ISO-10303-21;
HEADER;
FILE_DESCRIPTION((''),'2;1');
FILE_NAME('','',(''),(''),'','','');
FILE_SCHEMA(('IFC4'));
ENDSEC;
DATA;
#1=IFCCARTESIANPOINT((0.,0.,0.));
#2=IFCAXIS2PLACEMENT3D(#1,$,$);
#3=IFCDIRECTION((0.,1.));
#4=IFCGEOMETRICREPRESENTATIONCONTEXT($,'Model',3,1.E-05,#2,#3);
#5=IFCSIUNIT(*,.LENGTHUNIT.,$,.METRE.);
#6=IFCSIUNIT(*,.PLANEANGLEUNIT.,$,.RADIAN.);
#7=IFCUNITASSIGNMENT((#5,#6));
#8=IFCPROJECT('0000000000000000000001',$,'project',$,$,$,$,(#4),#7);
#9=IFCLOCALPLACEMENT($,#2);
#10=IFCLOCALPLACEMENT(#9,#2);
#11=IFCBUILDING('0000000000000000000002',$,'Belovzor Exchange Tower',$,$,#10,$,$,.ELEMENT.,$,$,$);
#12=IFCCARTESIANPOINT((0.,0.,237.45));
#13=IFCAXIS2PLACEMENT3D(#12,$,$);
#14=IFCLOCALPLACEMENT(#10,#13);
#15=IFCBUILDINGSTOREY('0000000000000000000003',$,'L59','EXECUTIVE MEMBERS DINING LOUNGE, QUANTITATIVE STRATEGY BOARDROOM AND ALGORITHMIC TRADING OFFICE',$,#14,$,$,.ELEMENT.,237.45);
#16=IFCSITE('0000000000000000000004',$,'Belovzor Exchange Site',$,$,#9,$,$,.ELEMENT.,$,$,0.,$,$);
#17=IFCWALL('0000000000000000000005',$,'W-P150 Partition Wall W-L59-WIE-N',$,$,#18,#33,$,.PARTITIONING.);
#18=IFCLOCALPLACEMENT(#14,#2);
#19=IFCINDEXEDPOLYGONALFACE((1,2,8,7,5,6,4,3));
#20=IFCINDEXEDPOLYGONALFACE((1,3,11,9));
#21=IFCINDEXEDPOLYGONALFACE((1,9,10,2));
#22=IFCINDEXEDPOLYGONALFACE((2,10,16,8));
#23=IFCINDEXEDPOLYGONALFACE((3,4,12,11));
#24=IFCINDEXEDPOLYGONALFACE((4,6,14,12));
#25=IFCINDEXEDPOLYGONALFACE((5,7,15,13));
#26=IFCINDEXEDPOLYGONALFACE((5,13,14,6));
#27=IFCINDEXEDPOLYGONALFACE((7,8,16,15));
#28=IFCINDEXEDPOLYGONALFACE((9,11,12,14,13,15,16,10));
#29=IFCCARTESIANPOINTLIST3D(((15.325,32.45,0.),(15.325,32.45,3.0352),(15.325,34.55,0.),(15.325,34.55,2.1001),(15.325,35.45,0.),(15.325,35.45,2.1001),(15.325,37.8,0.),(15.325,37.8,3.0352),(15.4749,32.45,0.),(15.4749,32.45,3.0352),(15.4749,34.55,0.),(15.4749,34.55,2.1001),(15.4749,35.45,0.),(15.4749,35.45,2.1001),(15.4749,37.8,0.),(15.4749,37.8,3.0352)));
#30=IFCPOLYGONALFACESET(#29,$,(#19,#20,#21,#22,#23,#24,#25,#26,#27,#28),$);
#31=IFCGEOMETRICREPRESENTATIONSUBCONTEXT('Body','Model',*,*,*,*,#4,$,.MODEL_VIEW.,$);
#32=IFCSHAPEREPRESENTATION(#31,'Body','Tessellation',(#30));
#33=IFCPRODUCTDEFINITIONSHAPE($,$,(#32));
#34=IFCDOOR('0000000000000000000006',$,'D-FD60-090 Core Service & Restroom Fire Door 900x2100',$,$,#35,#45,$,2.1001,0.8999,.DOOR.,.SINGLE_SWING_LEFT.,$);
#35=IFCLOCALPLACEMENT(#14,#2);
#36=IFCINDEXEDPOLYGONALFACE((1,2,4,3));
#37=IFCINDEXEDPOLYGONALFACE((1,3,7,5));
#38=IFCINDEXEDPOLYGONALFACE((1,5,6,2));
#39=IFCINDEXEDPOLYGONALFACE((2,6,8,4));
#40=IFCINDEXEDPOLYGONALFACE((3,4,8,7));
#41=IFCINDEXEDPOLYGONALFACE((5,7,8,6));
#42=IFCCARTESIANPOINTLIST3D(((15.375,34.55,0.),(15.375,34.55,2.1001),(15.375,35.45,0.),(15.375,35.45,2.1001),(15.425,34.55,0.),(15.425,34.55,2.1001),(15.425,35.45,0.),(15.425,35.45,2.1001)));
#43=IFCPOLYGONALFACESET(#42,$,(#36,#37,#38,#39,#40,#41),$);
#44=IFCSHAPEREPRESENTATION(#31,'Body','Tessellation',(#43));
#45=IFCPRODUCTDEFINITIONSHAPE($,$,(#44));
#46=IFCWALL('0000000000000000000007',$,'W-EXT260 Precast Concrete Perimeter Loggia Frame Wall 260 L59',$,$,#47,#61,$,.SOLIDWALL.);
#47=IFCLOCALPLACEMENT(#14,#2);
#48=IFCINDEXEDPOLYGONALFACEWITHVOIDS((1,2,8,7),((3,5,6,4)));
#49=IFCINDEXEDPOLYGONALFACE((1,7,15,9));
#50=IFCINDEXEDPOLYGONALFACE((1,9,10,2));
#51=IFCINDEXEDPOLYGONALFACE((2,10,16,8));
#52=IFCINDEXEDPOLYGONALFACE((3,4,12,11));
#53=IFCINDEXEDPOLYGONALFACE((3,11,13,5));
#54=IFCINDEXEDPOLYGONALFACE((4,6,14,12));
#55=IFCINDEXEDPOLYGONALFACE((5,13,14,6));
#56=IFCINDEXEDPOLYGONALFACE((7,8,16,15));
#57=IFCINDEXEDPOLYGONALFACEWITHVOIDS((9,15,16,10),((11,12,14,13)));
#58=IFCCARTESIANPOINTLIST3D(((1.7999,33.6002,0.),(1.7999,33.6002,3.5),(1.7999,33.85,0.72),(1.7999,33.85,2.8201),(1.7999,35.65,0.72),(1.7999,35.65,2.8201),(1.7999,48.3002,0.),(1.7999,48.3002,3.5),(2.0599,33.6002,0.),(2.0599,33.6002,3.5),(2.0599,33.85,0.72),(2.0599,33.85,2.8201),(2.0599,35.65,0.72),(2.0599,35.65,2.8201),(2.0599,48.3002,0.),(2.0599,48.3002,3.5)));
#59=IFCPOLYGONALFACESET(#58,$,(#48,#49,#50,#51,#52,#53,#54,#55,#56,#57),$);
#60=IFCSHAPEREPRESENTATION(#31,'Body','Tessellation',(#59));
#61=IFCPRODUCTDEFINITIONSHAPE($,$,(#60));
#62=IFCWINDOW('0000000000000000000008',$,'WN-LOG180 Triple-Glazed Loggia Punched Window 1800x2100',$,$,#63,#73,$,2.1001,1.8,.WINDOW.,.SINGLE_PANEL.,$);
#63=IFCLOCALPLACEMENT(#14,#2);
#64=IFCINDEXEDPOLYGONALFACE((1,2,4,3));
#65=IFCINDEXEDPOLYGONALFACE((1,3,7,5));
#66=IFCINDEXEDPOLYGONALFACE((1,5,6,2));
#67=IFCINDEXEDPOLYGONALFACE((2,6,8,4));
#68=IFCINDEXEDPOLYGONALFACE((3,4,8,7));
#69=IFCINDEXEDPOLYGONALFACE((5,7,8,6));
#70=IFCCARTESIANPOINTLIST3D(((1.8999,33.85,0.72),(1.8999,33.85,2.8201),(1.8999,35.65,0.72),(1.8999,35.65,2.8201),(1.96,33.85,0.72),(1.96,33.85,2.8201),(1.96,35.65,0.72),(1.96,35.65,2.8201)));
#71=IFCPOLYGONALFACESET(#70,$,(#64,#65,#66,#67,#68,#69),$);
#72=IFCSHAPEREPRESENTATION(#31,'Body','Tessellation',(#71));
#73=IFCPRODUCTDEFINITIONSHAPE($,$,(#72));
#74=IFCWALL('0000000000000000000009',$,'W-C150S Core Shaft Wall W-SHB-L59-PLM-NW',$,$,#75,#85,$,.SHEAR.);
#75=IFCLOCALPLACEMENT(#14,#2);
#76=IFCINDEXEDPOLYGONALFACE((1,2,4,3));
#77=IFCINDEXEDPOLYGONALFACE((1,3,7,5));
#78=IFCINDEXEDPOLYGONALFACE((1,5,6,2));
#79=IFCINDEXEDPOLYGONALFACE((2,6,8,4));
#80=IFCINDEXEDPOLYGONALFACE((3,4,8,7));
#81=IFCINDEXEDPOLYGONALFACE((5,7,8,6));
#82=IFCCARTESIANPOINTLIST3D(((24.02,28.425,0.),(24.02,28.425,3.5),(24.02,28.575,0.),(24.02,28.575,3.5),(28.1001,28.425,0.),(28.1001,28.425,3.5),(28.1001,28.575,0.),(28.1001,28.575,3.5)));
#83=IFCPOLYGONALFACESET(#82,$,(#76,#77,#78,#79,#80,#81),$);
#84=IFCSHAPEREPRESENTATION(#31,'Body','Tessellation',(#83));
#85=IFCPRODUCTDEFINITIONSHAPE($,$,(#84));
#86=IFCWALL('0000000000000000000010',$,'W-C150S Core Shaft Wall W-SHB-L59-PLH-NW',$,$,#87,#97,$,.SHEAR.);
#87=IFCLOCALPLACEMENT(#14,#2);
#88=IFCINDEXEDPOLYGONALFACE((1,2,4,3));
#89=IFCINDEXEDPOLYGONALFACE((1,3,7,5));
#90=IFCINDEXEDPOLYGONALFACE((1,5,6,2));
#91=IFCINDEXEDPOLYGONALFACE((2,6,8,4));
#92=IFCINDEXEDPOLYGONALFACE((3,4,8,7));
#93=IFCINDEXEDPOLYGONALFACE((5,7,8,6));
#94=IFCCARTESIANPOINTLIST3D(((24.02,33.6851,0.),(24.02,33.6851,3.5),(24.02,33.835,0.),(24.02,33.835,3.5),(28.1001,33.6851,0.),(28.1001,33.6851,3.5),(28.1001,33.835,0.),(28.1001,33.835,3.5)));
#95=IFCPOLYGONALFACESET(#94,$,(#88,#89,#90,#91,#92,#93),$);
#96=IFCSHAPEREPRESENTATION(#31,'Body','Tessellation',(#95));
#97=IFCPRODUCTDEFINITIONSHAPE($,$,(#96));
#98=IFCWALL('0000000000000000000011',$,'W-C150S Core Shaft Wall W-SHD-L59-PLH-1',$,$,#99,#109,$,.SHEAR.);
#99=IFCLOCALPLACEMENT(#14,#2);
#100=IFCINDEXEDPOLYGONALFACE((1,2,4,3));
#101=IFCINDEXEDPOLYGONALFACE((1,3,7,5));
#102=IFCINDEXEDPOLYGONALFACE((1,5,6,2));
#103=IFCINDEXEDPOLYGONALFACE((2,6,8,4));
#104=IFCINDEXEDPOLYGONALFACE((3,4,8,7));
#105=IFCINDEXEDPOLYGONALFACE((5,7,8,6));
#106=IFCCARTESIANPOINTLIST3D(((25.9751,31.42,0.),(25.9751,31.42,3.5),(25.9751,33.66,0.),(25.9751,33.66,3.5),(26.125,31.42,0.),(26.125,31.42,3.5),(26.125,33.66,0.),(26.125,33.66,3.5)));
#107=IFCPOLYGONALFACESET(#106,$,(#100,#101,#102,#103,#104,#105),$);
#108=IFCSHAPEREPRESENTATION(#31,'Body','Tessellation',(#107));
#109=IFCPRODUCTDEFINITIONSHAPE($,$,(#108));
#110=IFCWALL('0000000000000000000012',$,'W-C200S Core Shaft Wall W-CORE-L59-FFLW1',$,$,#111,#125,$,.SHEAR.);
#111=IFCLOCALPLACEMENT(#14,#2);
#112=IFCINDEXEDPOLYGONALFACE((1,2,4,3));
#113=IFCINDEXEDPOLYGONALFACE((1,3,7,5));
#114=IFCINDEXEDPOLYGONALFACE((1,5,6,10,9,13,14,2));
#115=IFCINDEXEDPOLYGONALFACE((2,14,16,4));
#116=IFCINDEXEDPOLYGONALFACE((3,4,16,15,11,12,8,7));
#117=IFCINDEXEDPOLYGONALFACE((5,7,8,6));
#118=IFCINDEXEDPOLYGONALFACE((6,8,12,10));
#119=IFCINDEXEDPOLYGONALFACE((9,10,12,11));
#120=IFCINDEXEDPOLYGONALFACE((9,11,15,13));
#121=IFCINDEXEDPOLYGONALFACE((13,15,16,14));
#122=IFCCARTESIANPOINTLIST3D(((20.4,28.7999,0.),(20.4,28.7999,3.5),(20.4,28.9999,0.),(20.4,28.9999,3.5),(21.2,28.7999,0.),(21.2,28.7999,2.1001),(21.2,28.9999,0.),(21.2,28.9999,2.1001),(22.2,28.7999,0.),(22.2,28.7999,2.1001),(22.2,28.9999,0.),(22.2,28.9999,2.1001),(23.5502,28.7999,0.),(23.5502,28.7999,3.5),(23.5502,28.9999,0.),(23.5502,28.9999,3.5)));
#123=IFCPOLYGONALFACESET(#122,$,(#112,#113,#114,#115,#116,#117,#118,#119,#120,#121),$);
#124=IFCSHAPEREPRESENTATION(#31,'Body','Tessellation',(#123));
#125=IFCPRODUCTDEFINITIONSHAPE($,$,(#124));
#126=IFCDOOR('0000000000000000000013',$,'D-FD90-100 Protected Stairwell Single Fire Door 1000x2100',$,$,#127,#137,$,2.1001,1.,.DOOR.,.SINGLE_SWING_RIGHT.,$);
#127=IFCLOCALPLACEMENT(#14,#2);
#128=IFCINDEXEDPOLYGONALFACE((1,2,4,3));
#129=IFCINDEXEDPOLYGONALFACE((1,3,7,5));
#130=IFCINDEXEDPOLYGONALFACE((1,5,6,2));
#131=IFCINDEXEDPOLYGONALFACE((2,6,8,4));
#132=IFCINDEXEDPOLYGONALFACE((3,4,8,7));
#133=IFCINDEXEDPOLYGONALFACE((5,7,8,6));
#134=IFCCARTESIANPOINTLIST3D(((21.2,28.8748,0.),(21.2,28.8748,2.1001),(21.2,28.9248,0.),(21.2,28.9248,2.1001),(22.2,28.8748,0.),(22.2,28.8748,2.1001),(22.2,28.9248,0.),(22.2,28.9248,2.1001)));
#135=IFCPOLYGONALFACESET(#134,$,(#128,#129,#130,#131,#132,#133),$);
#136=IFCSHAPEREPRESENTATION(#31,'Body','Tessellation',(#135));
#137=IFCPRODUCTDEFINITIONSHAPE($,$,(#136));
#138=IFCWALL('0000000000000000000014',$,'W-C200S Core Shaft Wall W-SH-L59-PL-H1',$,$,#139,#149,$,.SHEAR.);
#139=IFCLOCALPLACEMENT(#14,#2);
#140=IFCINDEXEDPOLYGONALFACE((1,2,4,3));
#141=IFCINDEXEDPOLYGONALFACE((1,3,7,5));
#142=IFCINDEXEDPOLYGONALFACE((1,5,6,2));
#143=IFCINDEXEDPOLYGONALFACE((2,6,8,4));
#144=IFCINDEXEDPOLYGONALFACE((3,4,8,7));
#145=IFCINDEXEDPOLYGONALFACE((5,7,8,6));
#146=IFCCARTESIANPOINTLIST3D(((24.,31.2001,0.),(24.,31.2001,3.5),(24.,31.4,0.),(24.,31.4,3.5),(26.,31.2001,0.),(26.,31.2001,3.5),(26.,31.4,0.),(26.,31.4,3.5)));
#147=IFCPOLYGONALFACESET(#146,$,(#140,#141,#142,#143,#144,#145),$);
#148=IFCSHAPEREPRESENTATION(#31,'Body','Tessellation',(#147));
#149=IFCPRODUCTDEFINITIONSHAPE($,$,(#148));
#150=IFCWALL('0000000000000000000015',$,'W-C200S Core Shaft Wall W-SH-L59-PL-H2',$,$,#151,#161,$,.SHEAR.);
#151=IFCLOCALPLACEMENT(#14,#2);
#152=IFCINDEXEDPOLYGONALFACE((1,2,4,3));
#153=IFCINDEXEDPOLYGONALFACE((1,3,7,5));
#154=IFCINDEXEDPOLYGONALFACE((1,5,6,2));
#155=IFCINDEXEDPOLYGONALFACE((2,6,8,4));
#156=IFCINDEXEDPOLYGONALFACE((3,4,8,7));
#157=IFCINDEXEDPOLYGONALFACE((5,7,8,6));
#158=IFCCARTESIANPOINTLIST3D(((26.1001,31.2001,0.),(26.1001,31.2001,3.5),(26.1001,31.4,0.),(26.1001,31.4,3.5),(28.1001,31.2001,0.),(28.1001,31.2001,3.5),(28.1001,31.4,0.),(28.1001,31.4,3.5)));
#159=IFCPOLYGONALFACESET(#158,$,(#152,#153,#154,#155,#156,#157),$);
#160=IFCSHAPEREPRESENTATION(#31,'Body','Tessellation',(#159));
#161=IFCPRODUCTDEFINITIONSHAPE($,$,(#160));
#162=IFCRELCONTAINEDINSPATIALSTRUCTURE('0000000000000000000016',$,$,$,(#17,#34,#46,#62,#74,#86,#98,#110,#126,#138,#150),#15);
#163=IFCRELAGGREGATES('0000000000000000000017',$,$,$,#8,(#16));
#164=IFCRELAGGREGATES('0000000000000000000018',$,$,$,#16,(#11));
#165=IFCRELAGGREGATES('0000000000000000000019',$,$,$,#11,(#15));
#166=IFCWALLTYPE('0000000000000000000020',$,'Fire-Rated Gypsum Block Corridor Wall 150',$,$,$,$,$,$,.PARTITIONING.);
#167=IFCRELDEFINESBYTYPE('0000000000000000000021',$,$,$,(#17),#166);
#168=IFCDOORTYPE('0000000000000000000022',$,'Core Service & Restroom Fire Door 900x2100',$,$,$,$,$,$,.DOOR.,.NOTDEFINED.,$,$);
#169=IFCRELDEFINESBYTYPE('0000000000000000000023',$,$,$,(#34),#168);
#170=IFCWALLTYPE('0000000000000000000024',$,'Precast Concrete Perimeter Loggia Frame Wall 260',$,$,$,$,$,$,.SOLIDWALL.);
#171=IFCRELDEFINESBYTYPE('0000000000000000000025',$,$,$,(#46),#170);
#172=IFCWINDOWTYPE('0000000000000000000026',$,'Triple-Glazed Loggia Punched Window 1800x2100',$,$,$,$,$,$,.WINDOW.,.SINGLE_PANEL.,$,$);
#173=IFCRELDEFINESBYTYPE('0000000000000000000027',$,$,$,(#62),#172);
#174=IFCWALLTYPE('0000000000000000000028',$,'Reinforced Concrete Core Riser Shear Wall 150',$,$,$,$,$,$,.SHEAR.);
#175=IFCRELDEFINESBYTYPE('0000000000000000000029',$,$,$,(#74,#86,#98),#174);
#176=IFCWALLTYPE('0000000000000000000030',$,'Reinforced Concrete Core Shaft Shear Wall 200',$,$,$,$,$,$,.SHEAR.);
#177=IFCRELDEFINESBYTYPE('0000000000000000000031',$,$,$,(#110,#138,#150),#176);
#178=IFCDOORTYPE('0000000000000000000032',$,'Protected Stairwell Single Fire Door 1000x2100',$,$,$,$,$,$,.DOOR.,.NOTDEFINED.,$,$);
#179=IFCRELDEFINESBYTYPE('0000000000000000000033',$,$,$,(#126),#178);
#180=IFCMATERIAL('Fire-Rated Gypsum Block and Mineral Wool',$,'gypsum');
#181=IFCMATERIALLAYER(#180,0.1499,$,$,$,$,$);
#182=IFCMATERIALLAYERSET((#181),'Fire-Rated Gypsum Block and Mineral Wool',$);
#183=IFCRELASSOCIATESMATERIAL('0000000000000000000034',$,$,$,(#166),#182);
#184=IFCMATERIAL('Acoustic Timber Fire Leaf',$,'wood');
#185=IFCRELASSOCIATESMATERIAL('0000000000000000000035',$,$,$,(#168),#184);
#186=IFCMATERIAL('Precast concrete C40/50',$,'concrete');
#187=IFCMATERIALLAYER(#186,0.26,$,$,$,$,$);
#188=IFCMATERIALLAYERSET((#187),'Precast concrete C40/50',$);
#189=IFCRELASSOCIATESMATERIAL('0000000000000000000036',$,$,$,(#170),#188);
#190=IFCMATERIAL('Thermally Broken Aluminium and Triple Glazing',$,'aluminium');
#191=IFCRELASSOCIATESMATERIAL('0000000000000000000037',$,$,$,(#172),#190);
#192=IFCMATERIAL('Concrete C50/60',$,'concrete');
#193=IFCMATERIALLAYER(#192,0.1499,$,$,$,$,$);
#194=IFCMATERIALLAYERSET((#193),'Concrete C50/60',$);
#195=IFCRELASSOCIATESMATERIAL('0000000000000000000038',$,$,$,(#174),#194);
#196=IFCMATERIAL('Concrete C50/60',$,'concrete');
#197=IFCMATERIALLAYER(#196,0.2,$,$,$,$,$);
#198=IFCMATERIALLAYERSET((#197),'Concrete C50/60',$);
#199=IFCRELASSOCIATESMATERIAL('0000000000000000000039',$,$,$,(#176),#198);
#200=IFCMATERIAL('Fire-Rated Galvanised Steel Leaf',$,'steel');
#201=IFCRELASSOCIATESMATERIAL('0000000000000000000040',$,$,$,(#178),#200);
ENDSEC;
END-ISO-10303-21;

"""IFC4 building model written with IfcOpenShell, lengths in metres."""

from ifc_helpers import new_model, si_unit, direction, frame, frame_2d, origin, place, context, subcontext, project, spatial, rectangle, extrude, material, layer, layer_set, type_object, element, fill, save


model = new_model("IFC4")

# Units and contexts
model_context = context("Model", 3, precision=1e-05, world=origin(), true_north=direction((0.0, 1.0)))
body_context = subcontext(model_context, "Body", "Model", "MODEL_VIEW")
ifc_project = project(units=[si_unit("LENGTHUNIT", "METRE"), si_unit("PLANEANGLEUNIT", "RADIAN")], contexts=[model_context])

# Site, building, storey
site_placement = place(None, origin())
site = spatial("IfcSite", under=ifc_project, at=site_placement, Name="Belovzor Exchange Site", CompositionType="ELEMENT", RefElevation=0.0)
building_placement = place(site_placement, origin())
building = spatial("IfcBuilding", under=site, at=building_placement, Name="Belovzor Exchange Tower", CompositionType="ELEMENT")
storey_placement = place(building_placement, frame((0.0, 0.0, 237.45)))
storey = spatial("IfcBuildingStorey", under=building, at=storey_placement, Name="L59", Description="EXECUTIVE MEMBERS DINING LOUNGE, QUANTITATIVE STRATEGY BOARDROOM AND ALGORITHMIC TRADING OFFICE", CompositionType="ELEMENT", Elevation=237.45)

# Shared definitions
ifc_material_1 = material(Name="Fire-Rated Gypsum Block and Mineral Wool", Category="gypsum")
ifc_layer_1 = layer(ifc_material_1, 0.1499)
ifc_layer_set_1 = layer_set([ifc_layer_1], Name="Fire-Rated Gypsum Block and Mineral Wool")
wall_type_1 = type_object("IfcWallType", Name="Fire-Rated Gypsum Block Corridor Wall 150", PredefinedType="PARTITIONING", material=ifc_layer_set_1)

# Wall, opening, door
wall_1_placement = place(storey_placement, frame((15.3999, 32.45, 0.0), z_axis=(0.0, 0.0, 1.0), x_axis=(0.0, 1.0, 0.0)))
wall_1 = element("IfcWall", 1, at=wall_1_placement, inside=storey, type_object=wall_type_1, Name="W-P150 Partition Wall W-L59-WIE-N", PredefinedType="PARTITIONING", context=body_context, shape_type="SweptSolid", body=[
    extrude(rectangle(XDim=5.3501, YDim=0.1499, at=frame_2d((2.675, 0.0))), origin(), (0.0, 0.0, 1.0), 3.0352),
])
opening_1_placement = place(wall_1_placement, frame((2.1001, 0.0, 0.0)))
opening_1 = element("IfcOpeningElement", 2, at=opening_1_placement, cuts=wall_1, PredefinedType="OPENING", context=body_context, shape_type="SweptSolid", body=[
    extrude(rectangle(XDim=0.8999, YDim=2.1001, at=frame_2d((0.45, 1.05))), frame((0.0, 0.085, 0.0), z_axis=(0.0, -1.0, 0.0), x_axis=(1.0, 0.0, 0.0)), (0.0, 0.0, 1.0), 0.1699),
])
ifc_material_2 = material(Name="Acoustic Timber Fire Leaf", Category="wood")
door_type_1 = type_object("IfcDoorType", Name="Core Service & Restroom Fire Door 900x2100", OperationType="NOTDEFINED", PredefinedType="DOOR", material=ifc_material_2)
door_1_placement = place(opening_1_placement, origin())
door_1 = element("IfcDoor", 3, at=door_1_placement, inside=storey, type_object=door_type_1, Name="D-FD60-090 Core Service & Restroom Fire Door 900x2100", OperationType="SINGLE_SWING_LEFT", OverallHeight=2.1001, OverallWidth=0.8999, PredefinedType="DOOR", context=body_context, shape_type="SweptSolid", body=[
    extrude(rectangle(XDim=0.8999, YDim=2.1001, at=frame_2d((0.45, 1.05))), frame((0.0, 0.0249, 0.0), z_axis=(0.0, -1.0, 0.0), x_axis=(1.0, 0.0, 0.0)), (0.0, 0.0, 1.0), 0.05),
])
fill(opening_1, door_1)

# Wall, opening, window
ifc_material_3 = material(Name="Precast concrete C40/50", Category="concrete")
ifc_layer_2 = layer(ifc_material_3, 0.26)
ifc_layer_set_2 = layer_set([ifc_layer_2], Name="Precast concrete C40/50")
wall_type_2 = type_object("IfcWallType", Name="Precast Concrete Perimeter Loggia Frame Wall 260", PredefinedType="SOLIDWALL", material=ifc_layer_set_2)
wall_2_placement = place(storey_placement, frame((1.9299, 33.6001, 0.0), z_axis=(0.0, 0.0, 1.0), x_axis=(0.0, 1.0, 0.0)))
wall_2 = element("IfcWall", 4, at=wall_2_placement, inside=storey, type_object=wall_type_2, Name="W-EXT260 Precast Concrete Perimeter Loggia Frame Wall 260 L59", PredefinedType="SOLIDWALL", context=body_context, shape_type="SweptSolid", body=[
    extrude(rectangle(XDim=14.7, YDim=0.26, at=frame_2d((7.3501, 0.0))), origin(), (0.0, 0.0, 1.0), 3.5),
])
opening_2_placement = place(wall_2_placement, frame((0.25, 0.0, 0.72)))
opening_2 = element("IfcOpeningElement", 5, at=opening_2_placement, cuts=wall_2, PredefinedType="OPENING", context=body_context, shape_type="SweptSolid", body=[
    extrude(rectangle(XDim=1.8, YDim=2.1001, at=frame_2d((0.8999, 1.05))), frame((0.0, 0.1399, 0.0), z_axis=(0.0, -1.0, 0.0), x_axis=(1.0, 0.0, 0.0)), (0.0, 0.0, 1.0), 0.28),
])
ifc_material_4 = material(Name="Thermally Broken Aluminium and Triple Glazing", Category="aluminium")
window_type = type_object("IfcWindowType", Name="Triple-Glazed Loggia Punched Window 1800x2100", PartitioningType="SINGLE_PANEL", PredefinedType="WINDOW", material=ifc_material_4)
window_placement = place(opening_2_placement, origin())
window = element("IfcWindow", 6, at=window_placement, inside=storey, type_object=window_type, Name="WN-LOG180 Triple-Glazed Loggia Punched Window 1800x2100", OverallHeight=2.1001, OverallWidth=1.8, PartitioningType="SINGLE_PANEL", PredefinedType="WINDOW", context=body_context, shape_type="SweptSolid", body=[
    extrude(rectangle(XDim=1.8, YDim=2.1001, at=frame_2d((0.8999, 1.05))), frame((0.0, 0.03, 0.0), z_axis=(0.0, -1.0, 0.0), x_axis=(1.0, 0.0, 0.0)), (0.0, 0.0, 1.0), 0.0601),
])
fill(opening_2, window)

# Walls
ifc_material_5 = material(Name="Concrete C50/60", Category="concrete")
ifc_layer_3 = layer(ifc_material_5, 0.1499)
ifc_layer_set_3 = layer_set([ifc_layer_3], Name="Concrete C50/60")
wall_type_3 = type_object("IfcWallType", Name="Reinforced Concrete Core Riser Shear Wall 150", PredefinedType="SHEAR", material=ifc_layer_set_3)
for number, where, z_axis, x_axis, name in (
    (7, (24.02, 28.5, 0.0), (0.0, 0.0, 1.0), (1.0, 0.0, 0.0), "W-C150S Core Shaft Wall W-SHB-L59-PLM-NW"),
    (8, (24.02, 33.76, 0.0), (0.0, 0.0, 1.0), (1.0, 0.0, 0.0), "W-C150S Core Shaft Wall W-SHB-L59-PLH-NW"),
):
    element("IfcWall", number, at=place(storey_placement, frame(where, z_axis=z_axis, x_axis=x_axis)), inside=storey, type_object=wall_type_3, Name=name, PredefinedType="SHEAR", context=body_context, shape_type="SweptSolid", body=[
        extrude(rectangle(XDim=4.0801, YDim=0.1499, at=frame_2d((2.04, 0.0))), origin(), (0.0, 0.0, 1.0), 3.5),
    ])
wall_3_placement = place(storey_placement, frame((26.05, 31.4199, 0.0), z_axis=(0.0, 0.0, 1.0), x_axis=(0.0, 1.0, 0.0)))
element("IfcWall", 9, at=wall_3_placement, inside=storey, type_object=wall_type_3, Name="W-C150S Core Shaft Wall W-SHD-L59-PLH-1", PredefinedType="SHEAR", context=body_context, shape_type="SweptSolid", body=[
    extrude(rectangle(XDim=2.24, YDim=0.1499, at=frame_2d((1.1201, 0.0))), origin(), (0.0, 0.0, 1.0), 3.5),
])

# Wall, opening, door
ifc_material_6 = material(Name="Concrete C50/60", Category="concrete")
ifc_layer_4 = layer(ifc_material_6, 0.2)
ifc_layer_set_4 = layer_set([ifc_layer_4], Name="Concrete C50/60")
wall_type_4 = type_object("IfcWallType", Name="Reinforced Concrete Core Shaft Shear Wall 200", PredefinedType="SHEAR", material=ifc_layer_set_4)
wall_4_placement = place(storey_placement, frame((20.3999, 28.8999, 0.0), z_axis=(0.0, 0.0, 1.0), x_axis=(1.0, 0.0, 0.0)))
wall_4 = element("IfcWall", 10, at=wall_4_placement, inside=storey, type_object=wall_type_4, Name="W-C200S Core Shaft Wall W-CORE-L59-FFLW1", PredefinedType="SHEAR", context=body_context, shape_type="SweptSolid", body=[
    extrude(rectangle(XDim=3.1501, YDim=0.2, at=frame_2d((1.5752, 0.0))), origin(), (0.0, 0.0, 1.0), 3.5),
])
opening_3_placement = place(wall_4_placement, frame((0.8, 0.0, 0.0)))
opening_3 = element("IfcOpeningElement", 11, at=opening_3_placement, cuts=wall_4, PredefinedType="OPENING", context=body_context, shape_type="SweptSolid", body=[
    extrude(rectangle(XDim=1.0, YDim=2.1001, at=frame_2d((0.5, 1.05))), frame((0.0, 0.1099, 0.0), z_axis=(0.0, -1.0, 0.0), x_axis=(1.0, 0.0, 0.0)), (0.0, 0.0, 1.0), 0.22),
])
ifc_material_7 = material(Name="Fire-Rated Galvanised Steel Leaf", Category="steel")
door_type_2 = type_object("IfcDoorType", Name="Protected Stairwell Single Fire Door 1000x2100", OperationType="NOTDEFINED", PredefinedType="DOOR", material=ifc_material_7)
door_2_placement = place(opening_3_placement, origin())
door_2 = element("IfcDoor", 12, at=door_2_placement, inside=storey, type_object=door_type_2, Name="D-FD90-100 Protected Stairwell Single Fire Door 1000x2100", OperationType="SINGLE_SWING_RIGHT", OverallHeight=2.1001, OverallWidth=1.0, PredefinedType="DOOR", context=body_context, shape_type="SweptSolid", body=[
    extrude(rectangle(XDim=1.0, YDim=2.1001, at=frame_2d((0.5, 1.05))), frame((0.0, 0.0249, 0.0), z_axis=(0.0, -1.0, 0.0), x_axis=(1.0, 0.0, 0.0)), (0.0, 0.0, 1.0), 0.05),
])
fill(opening_3, door_2)

# Walls
for number, where, z_axis, x_axis, name in (
    (13, (24.0, 31.3, 0.0), (0.0, 0.0, 1.0), (1.0, 0.0, 0.0), "W-C200S Core Shaft Wall W-SH-L59-PL-H1"),
    (14, (26.1001, 31.3, 0.0), (0.0, 0.0, 1.0), (1.0, 0.0, 0.0), "W-C200S Core Shaft Wall W-SH-L59-PL-H2"),
):
    element("IfcWall", number, at=place(storey_placement, frame(where, z_axis=z_axis, x_axis=x_axis)), inside=storey, type_object=wall_type_4, Name=name, PredefinedType="SHEAR", context=body_context, shape_type="SweptSolid", body=[
        extrude(rectangle(XDim=2.0, YDim=0.2, at=frame_2d((1.0, 0.0))), origin(), (0.0, 0.0, 1.0), 3.5),
    ])

save(model, "model.ifc")
